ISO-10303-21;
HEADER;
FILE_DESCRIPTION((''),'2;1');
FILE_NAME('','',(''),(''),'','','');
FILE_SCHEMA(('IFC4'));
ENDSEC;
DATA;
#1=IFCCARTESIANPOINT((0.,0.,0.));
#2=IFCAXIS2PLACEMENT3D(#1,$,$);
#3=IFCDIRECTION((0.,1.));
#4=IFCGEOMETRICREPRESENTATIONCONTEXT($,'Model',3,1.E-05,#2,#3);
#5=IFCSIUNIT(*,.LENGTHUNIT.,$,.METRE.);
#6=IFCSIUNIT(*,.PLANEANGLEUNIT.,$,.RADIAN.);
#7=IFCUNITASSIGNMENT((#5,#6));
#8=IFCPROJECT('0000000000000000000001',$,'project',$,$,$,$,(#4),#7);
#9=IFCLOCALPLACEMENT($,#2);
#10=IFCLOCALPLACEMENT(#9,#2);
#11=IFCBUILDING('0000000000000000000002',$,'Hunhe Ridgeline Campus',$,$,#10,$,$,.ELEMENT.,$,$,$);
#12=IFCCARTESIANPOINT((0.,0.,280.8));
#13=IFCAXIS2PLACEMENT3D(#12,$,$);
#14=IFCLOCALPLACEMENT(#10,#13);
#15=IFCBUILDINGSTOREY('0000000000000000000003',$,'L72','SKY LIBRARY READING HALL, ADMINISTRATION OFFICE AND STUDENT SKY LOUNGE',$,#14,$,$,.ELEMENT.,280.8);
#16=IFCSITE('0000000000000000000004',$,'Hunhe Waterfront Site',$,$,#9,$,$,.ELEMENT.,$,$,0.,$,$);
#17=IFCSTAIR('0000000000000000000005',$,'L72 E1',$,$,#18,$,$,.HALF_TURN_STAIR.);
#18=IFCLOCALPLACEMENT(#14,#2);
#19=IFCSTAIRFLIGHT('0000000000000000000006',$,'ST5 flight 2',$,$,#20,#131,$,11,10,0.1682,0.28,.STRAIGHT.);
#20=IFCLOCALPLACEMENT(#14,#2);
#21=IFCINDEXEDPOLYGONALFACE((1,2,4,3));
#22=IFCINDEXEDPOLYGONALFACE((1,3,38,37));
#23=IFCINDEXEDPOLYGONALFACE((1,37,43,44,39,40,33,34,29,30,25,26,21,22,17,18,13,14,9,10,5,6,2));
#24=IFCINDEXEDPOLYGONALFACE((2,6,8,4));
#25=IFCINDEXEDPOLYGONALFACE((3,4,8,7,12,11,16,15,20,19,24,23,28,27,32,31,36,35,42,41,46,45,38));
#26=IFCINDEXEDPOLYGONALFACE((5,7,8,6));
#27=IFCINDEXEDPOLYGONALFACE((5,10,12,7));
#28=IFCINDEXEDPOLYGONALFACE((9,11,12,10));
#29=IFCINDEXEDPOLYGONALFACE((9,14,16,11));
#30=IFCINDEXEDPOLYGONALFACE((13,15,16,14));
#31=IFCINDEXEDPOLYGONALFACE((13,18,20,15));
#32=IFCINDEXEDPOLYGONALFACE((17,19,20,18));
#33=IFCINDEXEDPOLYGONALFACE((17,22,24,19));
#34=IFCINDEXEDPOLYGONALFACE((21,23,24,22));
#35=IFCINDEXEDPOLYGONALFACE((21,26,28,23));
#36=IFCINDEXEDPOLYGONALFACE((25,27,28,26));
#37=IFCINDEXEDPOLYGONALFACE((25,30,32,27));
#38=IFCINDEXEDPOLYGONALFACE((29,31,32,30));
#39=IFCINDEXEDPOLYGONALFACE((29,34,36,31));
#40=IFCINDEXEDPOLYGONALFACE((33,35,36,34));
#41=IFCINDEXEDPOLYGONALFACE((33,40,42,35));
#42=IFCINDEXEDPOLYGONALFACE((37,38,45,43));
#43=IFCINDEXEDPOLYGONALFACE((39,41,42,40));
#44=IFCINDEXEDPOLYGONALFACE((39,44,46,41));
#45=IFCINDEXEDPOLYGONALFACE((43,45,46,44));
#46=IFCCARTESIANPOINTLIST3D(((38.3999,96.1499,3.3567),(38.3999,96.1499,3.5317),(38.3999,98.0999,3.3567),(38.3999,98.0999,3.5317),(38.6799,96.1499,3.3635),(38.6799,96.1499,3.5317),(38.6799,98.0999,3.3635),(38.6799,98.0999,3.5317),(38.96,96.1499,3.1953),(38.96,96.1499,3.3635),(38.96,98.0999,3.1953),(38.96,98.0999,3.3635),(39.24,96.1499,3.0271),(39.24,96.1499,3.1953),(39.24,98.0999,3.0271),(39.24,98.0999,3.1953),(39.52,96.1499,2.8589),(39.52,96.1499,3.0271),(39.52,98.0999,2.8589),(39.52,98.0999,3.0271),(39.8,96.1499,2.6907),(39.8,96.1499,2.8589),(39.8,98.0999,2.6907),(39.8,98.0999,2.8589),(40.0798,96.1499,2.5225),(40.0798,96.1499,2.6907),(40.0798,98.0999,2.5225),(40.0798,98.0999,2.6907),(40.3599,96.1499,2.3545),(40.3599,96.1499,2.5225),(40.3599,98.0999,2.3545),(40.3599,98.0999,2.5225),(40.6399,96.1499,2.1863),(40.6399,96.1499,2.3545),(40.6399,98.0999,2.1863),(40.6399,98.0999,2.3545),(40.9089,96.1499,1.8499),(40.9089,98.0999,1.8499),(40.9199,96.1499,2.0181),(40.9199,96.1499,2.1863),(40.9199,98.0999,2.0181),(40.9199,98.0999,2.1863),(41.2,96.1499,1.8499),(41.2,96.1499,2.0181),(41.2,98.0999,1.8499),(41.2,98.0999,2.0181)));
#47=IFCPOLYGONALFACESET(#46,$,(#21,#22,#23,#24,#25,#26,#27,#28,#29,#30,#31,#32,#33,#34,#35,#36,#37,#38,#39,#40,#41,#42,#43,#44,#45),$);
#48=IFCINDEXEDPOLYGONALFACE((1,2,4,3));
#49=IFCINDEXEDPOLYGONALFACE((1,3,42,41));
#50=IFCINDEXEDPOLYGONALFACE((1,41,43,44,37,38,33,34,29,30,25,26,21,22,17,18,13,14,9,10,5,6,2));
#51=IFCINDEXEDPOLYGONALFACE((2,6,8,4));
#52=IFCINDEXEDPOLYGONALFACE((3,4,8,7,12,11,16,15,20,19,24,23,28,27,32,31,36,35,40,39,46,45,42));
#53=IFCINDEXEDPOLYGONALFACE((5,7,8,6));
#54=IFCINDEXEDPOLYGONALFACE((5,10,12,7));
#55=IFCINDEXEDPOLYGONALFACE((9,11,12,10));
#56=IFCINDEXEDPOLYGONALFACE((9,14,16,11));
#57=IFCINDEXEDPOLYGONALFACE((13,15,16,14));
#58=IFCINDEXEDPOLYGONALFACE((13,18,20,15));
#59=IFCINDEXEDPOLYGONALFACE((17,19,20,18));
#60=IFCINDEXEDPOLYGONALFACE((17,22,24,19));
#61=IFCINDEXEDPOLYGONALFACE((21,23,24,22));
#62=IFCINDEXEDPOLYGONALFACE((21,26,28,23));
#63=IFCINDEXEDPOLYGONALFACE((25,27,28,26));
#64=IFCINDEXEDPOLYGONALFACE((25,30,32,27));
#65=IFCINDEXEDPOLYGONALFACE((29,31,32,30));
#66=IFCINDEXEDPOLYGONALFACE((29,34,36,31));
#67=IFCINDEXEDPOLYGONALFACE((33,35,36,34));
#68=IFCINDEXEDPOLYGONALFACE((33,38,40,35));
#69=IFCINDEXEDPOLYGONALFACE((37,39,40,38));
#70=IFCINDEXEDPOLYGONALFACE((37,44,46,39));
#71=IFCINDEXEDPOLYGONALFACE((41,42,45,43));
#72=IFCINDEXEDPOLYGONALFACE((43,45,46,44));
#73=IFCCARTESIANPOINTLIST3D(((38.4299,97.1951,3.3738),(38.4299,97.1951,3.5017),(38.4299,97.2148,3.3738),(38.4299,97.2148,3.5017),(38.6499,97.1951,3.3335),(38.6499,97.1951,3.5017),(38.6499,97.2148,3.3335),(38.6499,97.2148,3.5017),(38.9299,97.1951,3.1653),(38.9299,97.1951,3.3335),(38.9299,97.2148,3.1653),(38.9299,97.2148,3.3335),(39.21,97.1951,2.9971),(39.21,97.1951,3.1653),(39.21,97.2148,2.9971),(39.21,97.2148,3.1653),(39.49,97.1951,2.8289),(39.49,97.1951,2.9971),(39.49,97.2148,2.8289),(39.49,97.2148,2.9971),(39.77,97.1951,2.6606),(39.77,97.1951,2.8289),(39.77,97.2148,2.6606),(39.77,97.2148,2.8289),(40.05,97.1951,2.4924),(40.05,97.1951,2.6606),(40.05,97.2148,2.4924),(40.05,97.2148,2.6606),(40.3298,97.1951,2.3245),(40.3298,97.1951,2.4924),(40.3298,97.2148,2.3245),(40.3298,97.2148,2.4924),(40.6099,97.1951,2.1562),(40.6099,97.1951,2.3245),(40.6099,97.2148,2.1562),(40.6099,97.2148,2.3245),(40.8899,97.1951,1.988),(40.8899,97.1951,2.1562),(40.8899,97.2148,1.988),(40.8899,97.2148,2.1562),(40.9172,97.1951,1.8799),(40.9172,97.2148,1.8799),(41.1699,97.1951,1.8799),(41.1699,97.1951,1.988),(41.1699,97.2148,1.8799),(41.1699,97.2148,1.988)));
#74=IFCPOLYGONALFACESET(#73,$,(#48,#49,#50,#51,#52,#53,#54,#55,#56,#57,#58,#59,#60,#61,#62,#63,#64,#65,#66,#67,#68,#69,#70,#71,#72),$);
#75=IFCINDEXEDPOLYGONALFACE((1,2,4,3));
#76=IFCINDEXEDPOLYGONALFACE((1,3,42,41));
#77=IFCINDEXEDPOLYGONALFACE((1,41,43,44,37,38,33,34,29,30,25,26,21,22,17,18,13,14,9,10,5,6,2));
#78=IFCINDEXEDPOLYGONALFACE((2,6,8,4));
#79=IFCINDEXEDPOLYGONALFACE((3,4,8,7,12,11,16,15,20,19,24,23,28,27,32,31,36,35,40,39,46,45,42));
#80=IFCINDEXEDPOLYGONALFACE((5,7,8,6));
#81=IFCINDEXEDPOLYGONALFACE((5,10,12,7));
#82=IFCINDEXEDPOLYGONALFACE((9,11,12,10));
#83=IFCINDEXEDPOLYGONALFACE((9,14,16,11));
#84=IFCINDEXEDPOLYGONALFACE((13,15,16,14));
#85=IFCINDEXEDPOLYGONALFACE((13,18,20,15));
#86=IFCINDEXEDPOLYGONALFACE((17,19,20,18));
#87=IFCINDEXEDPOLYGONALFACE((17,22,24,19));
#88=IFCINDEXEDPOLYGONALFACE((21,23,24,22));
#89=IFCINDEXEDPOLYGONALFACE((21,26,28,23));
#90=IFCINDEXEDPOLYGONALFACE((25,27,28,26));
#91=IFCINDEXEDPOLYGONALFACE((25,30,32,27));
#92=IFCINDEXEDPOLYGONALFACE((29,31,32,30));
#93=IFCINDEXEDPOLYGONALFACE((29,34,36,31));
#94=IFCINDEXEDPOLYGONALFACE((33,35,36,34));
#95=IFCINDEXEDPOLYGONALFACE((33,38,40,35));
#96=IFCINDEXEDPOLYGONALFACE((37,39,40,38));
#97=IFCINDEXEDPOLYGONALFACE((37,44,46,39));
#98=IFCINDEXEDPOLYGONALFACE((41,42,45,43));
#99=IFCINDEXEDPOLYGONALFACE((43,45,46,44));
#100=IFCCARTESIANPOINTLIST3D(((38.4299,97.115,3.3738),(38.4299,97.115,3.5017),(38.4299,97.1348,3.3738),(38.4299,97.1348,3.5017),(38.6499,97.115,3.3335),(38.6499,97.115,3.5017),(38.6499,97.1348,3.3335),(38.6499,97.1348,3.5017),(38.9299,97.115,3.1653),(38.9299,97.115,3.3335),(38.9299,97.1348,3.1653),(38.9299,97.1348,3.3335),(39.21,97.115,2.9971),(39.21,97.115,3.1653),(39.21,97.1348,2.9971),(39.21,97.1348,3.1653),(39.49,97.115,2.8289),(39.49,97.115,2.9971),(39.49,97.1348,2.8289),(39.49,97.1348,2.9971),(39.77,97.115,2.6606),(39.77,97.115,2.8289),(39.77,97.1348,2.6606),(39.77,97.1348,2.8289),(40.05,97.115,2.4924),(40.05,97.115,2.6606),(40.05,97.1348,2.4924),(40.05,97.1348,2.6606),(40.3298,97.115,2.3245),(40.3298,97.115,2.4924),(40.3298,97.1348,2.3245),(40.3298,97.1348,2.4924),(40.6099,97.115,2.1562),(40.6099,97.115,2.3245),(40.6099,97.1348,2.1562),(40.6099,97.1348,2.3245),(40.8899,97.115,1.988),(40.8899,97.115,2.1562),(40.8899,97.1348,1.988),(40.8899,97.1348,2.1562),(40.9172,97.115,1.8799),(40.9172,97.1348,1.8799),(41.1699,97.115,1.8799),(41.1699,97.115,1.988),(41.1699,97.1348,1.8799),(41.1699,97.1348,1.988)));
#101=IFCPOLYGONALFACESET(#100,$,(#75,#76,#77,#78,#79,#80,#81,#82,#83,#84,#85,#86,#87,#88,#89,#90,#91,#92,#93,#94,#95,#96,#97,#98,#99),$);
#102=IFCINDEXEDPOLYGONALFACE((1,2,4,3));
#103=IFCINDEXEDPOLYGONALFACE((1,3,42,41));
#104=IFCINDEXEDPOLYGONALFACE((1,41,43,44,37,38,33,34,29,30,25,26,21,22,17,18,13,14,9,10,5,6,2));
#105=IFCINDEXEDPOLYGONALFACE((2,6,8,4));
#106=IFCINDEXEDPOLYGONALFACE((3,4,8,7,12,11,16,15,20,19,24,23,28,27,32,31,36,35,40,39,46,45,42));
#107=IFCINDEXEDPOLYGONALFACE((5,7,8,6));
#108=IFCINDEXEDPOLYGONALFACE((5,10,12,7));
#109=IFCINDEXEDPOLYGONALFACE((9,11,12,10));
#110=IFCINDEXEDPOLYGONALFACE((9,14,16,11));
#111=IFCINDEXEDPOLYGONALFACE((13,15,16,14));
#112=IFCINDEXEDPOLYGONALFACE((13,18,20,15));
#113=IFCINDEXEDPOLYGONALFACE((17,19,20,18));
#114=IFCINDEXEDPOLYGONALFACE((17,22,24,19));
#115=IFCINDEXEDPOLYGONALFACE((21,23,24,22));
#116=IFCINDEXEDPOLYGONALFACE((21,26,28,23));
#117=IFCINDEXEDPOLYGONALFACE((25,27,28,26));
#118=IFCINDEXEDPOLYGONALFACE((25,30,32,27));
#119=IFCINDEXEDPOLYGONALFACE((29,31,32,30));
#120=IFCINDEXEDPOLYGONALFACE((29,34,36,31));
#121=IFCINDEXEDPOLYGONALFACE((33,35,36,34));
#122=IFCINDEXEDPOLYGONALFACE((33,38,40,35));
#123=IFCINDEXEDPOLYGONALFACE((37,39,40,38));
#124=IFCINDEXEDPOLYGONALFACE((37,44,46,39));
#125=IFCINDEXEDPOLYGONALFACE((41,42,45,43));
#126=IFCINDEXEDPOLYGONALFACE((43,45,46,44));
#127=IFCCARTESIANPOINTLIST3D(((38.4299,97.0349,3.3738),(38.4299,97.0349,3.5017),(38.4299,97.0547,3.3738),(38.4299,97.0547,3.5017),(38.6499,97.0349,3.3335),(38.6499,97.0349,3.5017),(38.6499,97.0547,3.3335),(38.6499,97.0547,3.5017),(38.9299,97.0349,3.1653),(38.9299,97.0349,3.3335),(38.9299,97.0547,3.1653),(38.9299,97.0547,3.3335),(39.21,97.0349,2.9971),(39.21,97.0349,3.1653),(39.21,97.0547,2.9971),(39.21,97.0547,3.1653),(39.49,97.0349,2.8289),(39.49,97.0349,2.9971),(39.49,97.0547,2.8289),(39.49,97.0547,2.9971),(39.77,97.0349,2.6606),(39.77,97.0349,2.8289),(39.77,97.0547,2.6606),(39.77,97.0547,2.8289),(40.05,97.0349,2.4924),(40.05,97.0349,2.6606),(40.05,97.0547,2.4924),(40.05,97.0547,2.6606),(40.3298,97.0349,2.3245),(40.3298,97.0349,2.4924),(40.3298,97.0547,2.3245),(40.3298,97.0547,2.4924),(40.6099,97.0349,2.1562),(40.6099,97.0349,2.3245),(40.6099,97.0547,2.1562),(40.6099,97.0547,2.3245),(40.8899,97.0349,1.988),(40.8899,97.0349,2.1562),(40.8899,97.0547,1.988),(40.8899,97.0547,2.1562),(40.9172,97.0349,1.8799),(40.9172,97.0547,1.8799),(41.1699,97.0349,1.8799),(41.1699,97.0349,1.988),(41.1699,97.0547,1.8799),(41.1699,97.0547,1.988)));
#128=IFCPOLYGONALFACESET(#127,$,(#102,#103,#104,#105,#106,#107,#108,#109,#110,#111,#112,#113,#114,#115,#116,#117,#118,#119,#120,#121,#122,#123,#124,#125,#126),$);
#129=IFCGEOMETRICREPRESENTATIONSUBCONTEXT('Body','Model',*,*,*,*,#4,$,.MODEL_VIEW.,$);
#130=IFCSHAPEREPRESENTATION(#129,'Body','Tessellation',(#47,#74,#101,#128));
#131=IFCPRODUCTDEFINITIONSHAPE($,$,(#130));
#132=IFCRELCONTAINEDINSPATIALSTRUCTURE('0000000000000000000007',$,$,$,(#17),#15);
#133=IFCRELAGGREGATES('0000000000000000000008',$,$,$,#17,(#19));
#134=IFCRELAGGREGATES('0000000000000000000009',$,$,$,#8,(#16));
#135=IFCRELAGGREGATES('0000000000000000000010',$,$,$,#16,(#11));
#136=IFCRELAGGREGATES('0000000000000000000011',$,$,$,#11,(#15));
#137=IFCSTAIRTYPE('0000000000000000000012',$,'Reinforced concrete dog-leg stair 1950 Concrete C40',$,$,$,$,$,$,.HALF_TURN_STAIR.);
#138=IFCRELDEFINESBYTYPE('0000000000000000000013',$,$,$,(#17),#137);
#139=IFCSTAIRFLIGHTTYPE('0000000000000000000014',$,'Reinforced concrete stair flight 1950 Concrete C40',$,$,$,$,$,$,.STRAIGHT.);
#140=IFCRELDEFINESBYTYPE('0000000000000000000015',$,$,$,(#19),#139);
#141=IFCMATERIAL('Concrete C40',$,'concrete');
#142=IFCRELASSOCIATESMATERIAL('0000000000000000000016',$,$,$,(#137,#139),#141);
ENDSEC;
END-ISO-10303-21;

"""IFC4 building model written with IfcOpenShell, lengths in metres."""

from ifc_helpers import new_model, si_unit, direction, frame, origin, place, context, subcontext, project, spatial, polyline, outline, extrude, material, type_object, element, aggregate, save


model = new_model("IFC4")

# Units and contexts
model_context = context("Model", 3, precision=1e-05, world=origin(), true_north=direction((0.0, 1.0)))
body_context = subcontext(model_context, "Body", "Model", "MODEL_VIEW")
ifc_project = project(units=[si_unit("LENGTHUNIT", "METRE"), si_unit("PLANEANGLEUNIT", "RADIAN")], contexts=[model_context])

# Site, building, storey
site_placement = place(None, origin())
site = spatial("IfcSite", under=ifc_project, at=site_placement, Name="Hunhe Waterfront Site", CompositionType="ELEMENT", RefElevation=0.0)
building_placement = place(site_placement, origin())
building = spatial("IfcBuilding", under=site, at=building_placement, Name="Hunhe Ridgeline Campus", CompositionType="ELEMENT")
storey_placement = place(building_placement, frame((0.0, 0.0, 280.8)))
storey = spatial("IfcBuildingStorey", under=building, at=storey_placement, Name="L72", Description="SKY LIBRARY READING HALL, ADMINISTRATION OFFICE AND STUDENT SKY LOUNGE", CompositionType="ELEMENT", Elevation=280.8)

# Stair, stair flight
ifc_material_1 = material(Name="Concrete C40", Category="concrete")
stair_type = type_object("IfcStairType", Name="Reinforced concrete dog-leg stair 1950 Concrete C40", PredefinedType="HALF_TURN_STAIR", material=ifc_material_1)
stair_placement = place(storey_placement, origin())
stair = element("IfcStair", 1, at=stair_placement, inside=storey, type_object=stair_type, Name="L72 E1", PredefinedType="HALF_TURN_STAIR")
stair_flight_type = type_object("IfcStairFlightType", Name="Reinforced concrete stair flight 1950 Concrete C40", PredefinedType="STRAIGHT", material=ifc_material_1)
stair_flight_1_placement = place(storey_placement, frame((41.2, 97.125, 1.8499), z_axis=(0.0, 0.0, 1.0), x_axis=(-1.0, 0.0, 0.0)))
stair_flight_1 = element("IfcStairFlight", 2, at=stair_flight_1_placement, type_object=stair_flight_type, Name="ST5 flight 2", NumberOfRisers=11, NumberOfTreads=10, PredefinedType="STRAIGHT", RiserHeight=0.1682, TreadLength=0.28, context=body_context, shape_type="SweptSolid", body=[
    extrude(outline(polyline([(0.0, 0.0), (0.0, 0.1682), (0.28, 0.1682), (0.28, 0.3364), (0.5601, 0.3364), (0.5601, 0.5046), (0.8401, 0.5046), (0.8401, 0.6726), (1.1201, 0.6726), (1.1201, 0.8408), (1.3999, 0.8408), (1.3999, 1.009), (1.6799, 1.009), (1.6799, 1.1772), (1.96, 1.1772), (1.96, 1.3455), (2.24, 1.3455), (2.24, 1.5137), (2.52, 1.5137), (2.52, 1.6819), (2.8, 1.6819), (2.8, 1.8501), (2.8, 1.5068), (0.291, 0.0), (0.0, 0.0)])), frame((0.0, 0.9751, 0.0), z_axis=(0.0, -1.0, 0.0), x_axis=(1.0, 0.0, 0.0)), (0.0, 0.0, 1.0), 1.95),
    extrude(outline(polyline([(0.03, 0.03), (0.03, 0.1382), (0.3101, 0.1382), (0.3101, 0.3064), (0.5901, 0.3064), (0.5901, 0.4746), (0.8701, 0.4746), (0.8701, 0.6426), (1.1499, 0.6426), (1.1499, 0.8108), (1.4299, 0.8108), (1.4299, 0.979), (1.71, 0.979), (1.71, 1.1472), (1.99, 1.1472), (1.99, 1.3154), (2.27, 1.3154), (2.27, 1.4836), (2.55, 1.4836), (2.55, 1.6519), (2.77, 1.6519), (2.77, 1.5239), (0.2827, 0.03), (0.03, 0.03)])), frame((0.0, -0.0701, 0.0), z_axis=(0.0, -1.0, 0.0), x_axis=(1.0, 0.0, 0.0)), (0.0, 0.0, 1.0), 0.0198),
    extrude(outline(polyline([(0.03, 0.03), (0.03, 0.1382), (0.3101, 0.1382), (0.3101, 0.3064), (0.5901, 0.3064), (0.5901, 0.4746), (0.8701, 0.4746), (0.8701, 0.6426), (1.1499, 0.6426), (1.1499, 0.8108), (1.4299, 0.8108), (1.4299, 0.979), (1.71, 0.979), (1.71, 1.1472), (1.99, 1.1472), (1.99, 1.3154), (2.27, 1.3154), (2.27, 1.4836), (2.55, 1.4836), (2.55, 1.6519), (2.77, 1.6519), (2.77, 1.5239), (0.2827, 0.03), (0.03, 0.03)])), frame((0.0, 0.01, 0.0), z_axis=(0.0, -1.0, 0.0), x_axis=(1.0, 0.0, 0.0)), (0.0, 0.0, 1.0), 0.0198),
    extrude(outline(polyline([(0.03, 0.03), (0.03, 0.1382), (0.3101, 0.1382), (0.3101, 0.3064), (0.5901, 0.3064), (0.5901, 0.4746), (0.8701, 0.4746), (0.8701, 0.6426), (1.1499, 0.6426), (1.1499, 0.8108), (1.4299, 0.8108), (1.4299, 0.979), (1.71, 0.979), (1.71, 1.1472), (1.99, 1.1472), (1.99, 1.3154), (2.27, 1.3154), (2.27, 1.4836), (2.55, 1.4836), (2.55, 1.6519), (2.77, 1.6519), (2.77, 1.5239), (0.2827, 0.03), (0.03, 0.03)])), frame((0.0, 0.0901, 0.0), z_axis=(0.0, -1.0, 0.0), x_axis=(1.0, 0.0, 0.0)), (0.0, 0.0, 1.0), 0.0198),
])
aggregate(stair, [stair_flight_1])

save(model, "model.ifc")
